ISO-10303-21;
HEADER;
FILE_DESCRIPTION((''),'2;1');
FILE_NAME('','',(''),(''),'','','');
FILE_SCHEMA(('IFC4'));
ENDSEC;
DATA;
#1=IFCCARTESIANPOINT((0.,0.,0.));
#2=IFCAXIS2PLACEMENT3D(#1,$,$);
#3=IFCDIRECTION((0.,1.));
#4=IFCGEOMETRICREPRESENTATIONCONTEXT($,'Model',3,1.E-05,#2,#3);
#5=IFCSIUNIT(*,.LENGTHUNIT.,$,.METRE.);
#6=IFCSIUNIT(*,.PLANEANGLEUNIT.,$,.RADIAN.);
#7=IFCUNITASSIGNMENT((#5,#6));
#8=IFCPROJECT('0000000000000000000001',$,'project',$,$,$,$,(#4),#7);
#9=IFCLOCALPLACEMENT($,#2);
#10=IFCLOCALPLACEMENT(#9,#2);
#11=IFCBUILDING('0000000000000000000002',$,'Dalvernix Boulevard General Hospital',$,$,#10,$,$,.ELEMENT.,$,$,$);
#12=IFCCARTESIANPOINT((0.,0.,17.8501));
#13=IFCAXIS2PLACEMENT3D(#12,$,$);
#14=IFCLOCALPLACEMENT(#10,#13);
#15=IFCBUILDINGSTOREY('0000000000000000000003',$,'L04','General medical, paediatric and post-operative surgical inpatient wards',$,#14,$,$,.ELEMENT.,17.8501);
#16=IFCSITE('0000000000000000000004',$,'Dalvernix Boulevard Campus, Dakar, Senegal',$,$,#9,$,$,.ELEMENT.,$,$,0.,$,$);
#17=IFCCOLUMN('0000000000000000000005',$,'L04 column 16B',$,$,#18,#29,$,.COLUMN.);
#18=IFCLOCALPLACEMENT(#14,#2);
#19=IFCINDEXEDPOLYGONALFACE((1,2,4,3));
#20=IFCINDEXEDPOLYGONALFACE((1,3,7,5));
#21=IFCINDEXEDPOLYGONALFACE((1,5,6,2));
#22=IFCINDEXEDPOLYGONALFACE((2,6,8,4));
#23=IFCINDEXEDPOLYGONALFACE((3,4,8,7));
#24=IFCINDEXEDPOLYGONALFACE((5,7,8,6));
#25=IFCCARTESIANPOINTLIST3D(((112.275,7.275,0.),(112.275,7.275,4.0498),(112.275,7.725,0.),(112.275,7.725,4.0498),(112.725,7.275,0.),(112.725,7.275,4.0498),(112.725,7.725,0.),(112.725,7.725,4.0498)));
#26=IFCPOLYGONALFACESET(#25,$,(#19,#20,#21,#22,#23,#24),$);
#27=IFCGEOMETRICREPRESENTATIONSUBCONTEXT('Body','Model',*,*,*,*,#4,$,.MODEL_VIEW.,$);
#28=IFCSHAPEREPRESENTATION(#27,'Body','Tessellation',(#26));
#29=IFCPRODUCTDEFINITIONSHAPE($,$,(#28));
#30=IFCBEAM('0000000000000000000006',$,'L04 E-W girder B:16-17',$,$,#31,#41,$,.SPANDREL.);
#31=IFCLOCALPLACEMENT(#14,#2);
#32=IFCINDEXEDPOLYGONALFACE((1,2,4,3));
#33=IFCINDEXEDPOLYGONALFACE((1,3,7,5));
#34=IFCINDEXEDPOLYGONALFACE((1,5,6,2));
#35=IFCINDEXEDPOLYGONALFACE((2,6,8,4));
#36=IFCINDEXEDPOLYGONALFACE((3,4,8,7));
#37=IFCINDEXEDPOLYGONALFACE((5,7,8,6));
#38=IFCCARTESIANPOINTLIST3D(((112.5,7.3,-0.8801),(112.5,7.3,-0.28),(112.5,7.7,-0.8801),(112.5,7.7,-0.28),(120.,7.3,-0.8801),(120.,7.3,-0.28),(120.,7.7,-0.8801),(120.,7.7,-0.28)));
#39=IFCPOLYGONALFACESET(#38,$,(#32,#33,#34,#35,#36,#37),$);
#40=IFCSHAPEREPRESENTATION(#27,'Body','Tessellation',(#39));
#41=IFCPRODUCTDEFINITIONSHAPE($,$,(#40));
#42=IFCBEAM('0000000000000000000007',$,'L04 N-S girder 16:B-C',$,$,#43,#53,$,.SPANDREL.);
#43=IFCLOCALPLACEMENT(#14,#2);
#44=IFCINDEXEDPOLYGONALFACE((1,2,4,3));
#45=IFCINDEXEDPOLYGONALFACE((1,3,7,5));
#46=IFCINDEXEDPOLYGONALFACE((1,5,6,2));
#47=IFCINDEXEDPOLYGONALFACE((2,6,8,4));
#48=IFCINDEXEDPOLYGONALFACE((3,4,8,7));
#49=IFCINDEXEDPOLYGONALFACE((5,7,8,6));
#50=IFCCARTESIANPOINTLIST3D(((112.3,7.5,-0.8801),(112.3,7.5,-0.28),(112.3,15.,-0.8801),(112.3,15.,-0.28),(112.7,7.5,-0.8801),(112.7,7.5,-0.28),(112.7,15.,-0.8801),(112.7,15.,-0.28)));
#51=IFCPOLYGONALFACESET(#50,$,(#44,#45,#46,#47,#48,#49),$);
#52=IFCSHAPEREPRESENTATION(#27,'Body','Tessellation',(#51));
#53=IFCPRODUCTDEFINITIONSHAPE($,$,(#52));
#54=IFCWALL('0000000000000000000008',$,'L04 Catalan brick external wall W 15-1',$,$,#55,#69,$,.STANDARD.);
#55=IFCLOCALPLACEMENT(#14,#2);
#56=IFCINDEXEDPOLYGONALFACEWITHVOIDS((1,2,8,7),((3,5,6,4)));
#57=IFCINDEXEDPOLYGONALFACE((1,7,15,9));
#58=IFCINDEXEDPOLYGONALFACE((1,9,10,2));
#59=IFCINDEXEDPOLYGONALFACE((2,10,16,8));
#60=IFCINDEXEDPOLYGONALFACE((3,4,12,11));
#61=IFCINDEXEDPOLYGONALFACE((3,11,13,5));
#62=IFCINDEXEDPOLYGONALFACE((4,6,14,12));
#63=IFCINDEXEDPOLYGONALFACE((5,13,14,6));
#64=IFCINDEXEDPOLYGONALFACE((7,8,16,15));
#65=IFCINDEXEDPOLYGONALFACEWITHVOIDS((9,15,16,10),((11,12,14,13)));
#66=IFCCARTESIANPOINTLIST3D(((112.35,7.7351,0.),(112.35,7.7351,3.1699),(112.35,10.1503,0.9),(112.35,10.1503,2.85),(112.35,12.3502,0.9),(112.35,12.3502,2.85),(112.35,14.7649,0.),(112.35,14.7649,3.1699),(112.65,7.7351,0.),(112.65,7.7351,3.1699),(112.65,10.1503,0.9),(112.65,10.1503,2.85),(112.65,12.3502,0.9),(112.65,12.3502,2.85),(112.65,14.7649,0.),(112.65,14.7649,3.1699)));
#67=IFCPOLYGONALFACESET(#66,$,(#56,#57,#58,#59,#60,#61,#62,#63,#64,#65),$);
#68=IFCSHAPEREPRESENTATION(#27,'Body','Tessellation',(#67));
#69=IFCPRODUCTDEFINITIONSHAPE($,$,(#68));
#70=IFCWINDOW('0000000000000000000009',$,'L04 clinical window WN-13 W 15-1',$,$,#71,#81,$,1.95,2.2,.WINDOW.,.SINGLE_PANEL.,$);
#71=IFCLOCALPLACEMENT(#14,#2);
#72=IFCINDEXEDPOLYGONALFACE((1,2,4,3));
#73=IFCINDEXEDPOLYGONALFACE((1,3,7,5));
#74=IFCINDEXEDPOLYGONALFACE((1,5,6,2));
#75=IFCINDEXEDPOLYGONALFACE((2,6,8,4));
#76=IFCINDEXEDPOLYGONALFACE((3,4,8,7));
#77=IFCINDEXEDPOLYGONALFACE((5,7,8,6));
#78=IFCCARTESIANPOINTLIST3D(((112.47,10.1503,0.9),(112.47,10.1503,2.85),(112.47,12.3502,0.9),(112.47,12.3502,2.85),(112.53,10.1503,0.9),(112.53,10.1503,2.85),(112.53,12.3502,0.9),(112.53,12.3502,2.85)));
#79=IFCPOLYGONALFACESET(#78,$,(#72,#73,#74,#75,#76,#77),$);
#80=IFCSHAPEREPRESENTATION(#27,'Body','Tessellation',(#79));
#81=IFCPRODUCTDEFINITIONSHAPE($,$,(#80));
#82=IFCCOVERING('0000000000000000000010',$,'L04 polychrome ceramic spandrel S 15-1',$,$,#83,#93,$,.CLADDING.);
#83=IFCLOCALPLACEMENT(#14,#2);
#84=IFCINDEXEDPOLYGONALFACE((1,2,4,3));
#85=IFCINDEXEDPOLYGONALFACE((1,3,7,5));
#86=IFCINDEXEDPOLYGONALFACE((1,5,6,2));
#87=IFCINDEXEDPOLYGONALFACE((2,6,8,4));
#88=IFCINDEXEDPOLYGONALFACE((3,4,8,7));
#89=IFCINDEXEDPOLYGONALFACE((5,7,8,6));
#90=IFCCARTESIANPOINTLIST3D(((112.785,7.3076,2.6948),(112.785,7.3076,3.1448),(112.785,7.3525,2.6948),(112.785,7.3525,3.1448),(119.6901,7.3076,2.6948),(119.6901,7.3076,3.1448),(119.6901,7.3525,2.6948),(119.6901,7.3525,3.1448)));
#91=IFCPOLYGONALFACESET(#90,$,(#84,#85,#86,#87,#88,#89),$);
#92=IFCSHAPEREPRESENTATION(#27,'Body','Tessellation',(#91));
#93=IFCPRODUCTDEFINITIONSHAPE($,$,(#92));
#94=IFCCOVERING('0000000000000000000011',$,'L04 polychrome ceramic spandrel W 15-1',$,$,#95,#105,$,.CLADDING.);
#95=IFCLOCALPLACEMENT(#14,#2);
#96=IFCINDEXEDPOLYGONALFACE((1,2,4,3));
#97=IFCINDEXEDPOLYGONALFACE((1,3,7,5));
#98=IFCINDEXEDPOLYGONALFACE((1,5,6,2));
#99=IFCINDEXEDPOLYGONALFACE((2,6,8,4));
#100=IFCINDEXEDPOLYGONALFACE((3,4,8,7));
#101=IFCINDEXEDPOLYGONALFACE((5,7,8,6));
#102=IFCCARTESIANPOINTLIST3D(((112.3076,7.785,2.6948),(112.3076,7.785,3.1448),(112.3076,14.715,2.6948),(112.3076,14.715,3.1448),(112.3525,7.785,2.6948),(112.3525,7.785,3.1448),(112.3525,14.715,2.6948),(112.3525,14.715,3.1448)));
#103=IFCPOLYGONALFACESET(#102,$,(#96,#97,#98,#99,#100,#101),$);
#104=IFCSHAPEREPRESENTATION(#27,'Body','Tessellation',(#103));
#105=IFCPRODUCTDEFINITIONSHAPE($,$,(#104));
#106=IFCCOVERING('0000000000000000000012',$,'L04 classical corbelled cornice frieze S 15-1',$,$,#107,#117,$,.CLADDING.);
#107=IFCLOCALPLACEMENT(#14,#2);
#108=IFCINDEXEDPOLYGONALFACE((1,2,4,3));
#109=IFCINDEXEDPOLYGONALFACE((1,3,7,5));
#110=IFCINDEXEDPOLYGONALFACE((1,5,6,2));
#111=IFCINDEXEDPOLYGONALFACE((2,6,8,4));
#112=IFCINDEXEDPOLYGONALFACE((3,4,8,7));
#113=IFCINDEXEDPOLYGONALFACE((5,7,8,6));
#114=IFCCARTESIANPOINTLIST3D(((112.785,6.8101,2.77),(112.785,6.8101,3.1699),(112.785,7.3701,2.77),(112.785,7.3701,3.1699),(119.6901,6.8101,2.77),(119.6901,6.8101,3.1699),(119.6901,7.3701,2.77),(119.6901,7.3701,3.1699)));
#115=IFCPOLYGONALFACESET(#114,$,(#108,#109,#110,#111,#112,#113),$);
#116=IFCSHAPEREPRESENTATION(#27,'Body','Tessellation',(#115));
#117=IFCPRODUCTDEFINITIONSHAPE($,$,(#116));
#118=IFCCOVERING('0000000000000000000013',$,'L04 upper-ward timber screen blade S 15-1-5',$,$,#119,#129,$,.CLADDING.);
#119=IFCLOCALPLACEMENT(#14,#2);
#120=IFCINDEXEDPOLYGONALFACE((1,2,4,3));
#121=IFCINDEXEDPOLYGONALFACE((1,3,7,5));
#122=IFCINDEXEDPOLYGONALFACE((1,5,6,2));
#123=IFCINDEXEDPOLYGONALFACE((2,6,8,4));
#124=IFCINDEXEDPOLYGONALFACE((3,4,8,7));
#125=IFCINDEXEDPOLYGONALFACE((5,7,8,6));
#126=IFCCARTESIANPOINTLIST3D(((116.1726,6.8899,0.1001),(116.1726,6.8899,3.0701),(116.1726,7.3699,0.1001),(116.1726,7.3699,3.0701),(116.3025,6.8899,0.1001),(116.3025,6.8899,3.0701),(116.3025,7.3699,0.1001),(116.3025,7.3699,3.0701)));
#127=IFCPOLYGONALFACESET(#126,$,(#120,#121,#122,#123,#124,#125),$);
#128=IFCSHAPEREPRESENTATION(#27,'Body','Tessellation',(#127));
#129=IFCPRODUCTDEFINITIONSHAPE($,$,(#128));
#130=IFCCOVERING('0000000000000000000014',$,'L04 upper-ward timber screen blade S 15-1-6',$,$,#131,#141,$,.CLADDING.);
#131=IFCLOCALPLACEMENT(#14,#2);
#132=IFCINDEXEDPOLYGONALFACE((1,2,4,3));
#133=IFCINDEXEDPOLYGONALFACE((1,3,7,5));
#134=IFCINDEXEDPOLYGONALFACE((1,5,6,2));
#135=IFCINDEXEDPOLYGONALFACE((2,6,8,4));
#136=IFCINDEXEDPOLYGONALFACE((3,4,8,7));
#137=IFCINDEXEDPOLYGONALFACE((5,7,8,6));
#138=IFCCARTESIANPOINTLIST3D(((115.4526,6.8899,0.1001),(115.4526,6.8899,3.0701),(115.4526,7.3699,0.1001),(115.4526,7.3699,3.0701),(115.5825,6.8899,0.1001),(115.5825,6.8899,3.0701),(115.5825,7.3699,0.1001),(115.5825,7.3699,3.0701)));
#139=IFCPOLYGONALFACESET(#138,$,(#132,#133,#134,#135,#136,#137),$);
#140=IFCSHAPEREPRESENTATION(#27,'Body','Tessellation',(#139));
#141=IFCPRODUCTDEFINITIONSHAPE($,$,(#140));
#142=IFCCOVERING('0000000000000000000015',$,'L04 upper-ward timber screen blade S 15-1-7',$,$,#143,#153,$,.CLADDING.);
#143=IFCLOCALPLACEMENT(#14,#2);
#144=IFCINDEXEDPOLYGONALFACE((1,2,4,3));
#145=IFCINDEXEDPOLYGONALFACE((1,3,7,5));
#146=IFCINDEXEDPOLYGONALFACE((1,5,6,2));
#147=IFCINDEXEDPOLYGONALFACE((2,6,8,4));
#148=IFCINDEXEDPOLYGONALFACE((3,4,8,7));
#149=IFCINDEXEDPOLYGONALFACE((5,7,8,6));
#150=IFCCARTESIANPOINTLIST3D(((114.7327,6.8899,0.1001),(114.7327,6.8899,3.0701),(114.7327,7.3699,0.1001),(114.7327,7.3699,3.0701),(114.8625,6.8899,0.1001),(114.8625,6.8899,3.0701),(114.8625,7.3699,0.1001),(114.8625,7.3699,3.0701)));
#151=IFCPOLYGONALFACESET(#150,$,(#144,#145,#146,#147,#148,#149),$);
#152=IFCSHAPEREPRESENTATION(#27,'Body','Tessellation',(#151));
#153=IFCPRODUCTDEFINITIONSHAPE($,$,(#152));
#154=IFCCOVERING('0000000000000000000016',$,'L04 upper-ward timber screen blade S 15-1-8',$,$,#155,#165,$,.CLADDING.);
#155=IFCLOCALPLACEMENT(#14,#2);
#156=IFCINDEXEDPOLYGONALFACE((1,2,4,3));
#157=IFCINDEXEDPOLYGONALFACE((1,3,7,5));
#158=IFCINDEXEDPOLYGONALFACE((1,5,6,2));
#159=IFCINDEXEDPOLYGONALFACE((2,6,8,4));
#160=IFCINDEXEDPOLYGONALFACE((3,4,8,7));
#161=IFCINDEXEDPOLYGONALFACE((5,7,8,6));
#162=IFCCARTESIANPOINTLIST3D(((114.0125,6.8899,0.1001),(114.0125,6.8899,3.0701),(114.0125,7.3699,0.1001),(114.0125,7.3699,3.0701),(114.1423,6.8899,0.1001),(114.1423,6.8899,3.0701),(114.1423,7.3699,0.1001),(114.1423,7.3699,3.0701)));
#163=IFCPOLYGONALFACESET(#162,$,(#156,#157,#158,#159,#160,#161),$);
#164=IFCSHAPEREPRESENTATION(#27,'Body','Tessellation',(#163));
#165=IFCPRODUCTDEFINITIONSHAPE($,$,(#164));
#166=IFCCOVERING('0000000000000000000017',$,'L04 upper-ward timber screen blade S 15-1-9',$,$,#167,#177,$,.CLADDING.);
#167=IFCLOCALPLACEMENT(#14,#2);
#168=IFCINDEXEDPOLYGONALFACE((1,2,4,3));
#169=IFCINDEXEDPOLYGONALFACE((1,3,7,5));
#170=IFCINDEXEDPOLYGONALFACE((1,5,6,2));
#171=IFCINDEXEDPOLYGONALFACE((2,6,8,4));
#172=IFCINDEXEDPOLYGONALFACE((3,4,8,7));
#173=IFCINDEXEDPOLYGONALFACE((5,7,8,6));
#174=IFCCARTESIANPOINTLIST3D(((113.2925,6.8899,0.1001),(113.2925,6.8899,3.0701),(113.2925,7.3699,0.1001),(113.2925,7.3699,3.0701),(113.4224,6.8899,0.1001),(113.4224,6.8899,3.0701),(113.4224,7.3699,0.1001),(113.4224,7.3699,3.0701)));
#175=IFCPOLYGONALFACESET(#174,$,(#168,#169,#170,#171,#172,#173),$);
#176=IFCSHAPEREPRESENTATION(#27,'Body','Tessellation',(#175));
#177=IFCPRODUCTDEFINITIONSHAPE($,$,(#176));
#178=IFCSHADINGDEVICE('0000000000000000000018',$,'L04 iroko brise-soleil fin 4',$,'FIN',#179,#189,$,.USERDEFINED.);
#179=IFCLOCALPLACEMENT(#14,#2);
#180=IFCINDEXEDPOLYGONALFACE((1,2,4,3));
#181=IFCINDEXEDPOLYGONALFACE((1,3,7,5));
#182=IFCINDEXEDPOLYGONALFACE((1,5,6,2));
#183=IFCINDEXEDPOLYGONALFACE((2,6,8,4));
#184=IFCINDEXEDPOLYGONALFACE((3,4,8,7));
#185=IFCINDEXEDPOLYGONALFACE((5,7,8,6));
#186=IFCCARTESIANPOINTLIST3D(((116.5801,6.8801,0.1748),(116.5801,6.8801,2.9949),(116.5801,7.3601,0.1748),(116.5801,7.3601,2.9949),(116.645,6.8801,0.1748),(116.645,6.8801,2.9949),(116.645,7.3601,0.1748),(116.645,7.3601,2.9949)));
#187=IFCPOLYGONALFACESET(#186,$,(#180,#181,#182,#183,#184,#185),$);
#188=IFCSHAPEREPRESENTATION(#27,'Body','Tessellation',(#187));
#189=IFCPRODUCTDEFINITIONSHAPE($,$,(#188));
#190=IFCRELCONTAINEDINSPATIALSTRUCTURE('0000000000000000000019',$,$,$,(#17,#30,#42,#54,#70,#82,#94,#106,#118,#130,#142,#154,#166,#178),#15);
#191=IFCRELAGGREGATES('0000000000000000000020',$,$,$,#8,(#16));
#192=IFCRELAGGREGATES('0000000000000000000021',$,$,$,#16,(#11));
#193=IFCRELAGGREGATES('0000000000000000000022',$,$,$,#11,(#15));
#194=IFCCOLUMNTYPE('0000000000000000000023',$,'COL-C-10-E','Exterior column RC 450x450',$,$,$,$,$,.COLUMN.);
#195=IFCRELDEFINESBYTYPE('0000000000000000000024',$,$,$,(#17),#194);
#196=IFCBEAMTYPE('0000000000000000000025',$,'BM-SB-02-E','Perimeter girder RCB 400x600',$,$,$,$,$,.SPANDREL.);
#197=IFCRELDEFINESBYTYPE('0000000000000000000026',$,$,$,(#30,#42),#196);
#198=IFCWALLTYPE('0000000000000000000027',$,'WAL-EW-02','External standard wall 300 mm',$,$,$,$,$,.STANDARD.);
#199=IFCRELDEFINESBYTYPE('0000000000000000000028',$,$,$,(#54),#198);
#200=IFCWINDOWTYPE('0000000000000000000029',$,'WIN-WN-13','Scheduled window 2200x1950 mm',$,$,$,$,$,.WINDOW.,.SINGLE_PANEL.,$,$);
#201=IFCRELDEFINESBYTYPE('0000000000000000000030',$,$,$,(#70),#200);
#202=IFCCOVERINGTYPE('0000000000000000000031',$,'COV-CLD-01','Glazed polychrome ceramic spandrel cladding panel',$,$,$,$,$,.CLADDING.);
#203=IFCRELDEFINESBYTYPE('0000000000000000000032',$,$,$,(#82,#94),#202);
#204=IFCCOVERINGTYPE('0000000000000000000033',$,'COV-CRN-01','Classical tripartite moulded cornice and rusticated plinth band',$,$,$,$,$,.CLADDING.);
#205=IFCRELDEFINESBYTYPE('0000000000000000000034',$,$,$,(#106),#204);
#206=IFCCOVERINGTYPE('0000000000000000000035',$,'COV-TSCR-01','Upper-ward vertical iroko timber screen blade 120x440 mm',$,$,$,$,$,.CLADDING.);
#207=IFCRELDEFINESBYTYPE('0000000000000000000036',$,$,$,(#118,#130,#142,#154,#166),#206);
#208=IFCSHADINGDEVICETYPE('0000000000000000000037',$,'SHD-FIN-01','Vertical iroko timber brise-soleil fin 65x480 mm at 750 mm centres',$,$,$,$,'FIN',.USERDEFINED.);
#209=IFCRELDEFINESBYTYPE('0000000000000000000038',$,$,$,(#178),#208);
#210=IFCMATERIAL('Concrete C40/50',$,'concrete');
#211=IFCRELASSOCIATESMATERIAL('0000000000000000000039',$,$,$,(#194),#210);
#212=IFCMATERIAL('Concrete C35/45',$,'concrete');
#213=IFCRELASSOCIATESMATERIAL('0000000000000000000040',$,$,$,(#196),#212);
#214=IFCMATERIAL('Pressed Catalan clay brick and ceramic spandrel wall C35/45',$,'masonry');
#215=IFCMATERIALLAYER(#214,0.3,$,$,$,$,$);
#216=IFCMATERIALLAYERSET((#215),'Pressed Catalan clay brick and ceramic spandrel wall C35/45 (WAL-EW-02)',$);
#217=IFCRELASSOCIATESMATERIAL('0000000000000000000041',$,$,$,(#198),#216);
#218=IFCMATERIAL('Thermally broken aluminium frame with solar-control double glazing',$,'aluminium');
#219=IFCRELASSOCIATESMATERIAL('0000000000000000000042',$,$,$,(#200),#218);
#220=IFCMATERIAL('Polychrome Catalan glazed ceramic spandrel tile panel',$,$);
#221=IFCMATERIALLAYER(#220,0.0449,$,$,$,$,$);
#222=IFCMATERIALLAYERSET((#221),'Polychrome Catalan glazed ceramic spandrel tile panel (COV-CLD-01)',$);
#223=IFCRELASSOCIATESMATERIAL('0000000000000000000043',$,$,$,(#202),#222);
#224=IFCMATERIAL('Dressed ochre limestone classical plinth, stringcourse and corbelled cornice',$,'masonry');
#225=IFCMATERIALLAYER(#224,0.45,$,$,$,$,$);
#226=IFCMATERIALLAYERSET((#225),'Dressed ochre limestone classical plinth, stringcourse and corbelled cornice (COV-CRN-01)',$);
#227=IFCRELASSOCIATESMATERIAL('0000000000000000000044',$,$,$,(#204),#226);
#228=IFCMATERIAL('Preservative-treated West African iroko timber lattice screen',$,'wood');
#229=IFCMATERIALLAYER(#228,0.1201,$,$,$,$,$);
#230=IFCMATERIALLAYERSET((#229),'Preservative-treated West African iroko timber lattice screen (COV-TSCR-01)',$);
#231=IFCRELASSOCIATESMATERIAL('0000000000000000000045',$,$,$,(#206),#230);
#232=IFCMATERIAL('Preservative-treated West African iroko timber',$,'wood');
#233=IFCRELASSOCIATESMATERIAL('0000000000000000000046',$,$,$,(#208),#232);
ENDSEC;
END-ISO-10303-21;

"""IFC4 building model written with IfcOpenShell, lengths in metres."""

from ifc_helpers import new_model, si_unit, direction, frame, frame_2d, origin, origin_2d, place, context, subcontext, project, spatial, rectangle, extrude, material, layer, layer_set, material_profile, profile_set, type_object, element, fill, save


model = new_model("IFC4")

# Units and contexts
model_context = context("Model", 3, precision=1e-05, world=origin(), true_north=direction((0.0, 1.0)))
body_context = subcontext(model_context, "Body", "Model", "MODEL_VIEW")
ifc_project = project(units=[si_unit("LENGTHUNIT", "METRE"), si_unit("PLANEANGLEUNIT", "RADIAN")], contexts=[model_context])

# Site, building, storey
site_placement = place(None, origin())
site = spatial("IfcSite", under=ifc_project, at=site_placement, Name="Dalvernix Boulevard Campus, Dakar, Senegal", CompositionType="ELEMENT", RefElevation=0.0)
building_placement = place(site_placement, origin())
building = spatial("IfcBuilding", under=site, at=building_placement, Name="Dalvernix Boulevard General Hospital", CompositionType="ELEMENT")
storey_placement = place(building_placement, frame((0.0, 0.0, 17.8501)))
storey = spatial("IfcBuildingStorey", under=building, at=storey_placement, Name="L04", Description="General medical, paediatric and post-operative surgical inpatient wards", CompositionType="ELEMENT", Elevation=17.8501)

# Column
ifc_material_1 = material(Name="Concrete C40/50", Category="concrete")
ifc_material_profile_1 = material_profile(ifc_material_1, rectangle(XDim=0.45, YDim=0.45, at=origin_2d()), Name="RC 450x450")
ifc_profile_set_1 = profile_set([ifc_material_profile_1], Name="Concrete C40/50")
column_type = type_object("IfcColumnType", Name="COL-C-10-E", Description="Exterior column RC 450x450", PredefinedType="COLUMN", material=ifc_profile_set_1)
column_placement = place(storey_placement, frame((112.5, 7.5, 0.0), z_axis=(0.0, 0.0, 1.0), x_axis=(1.0, 0.0, 0.0)))
element("IfcColumn", 1, at=column_placement, inside=storey, type_object=column_type, Name="L04 column 16B", PredefinedType="COLUMN", context=body_context, shape_type="SweptSolid", body=[
    extrude(rectangle(XDim=0.45, YDim=0.45, at=origin_2d()), origin(), (0.0, 0.0, 1.0), 4.0498),
])

# Beams
ifc_material_2 = material(Name="Concrete C35/45", Category="concrete")
ifc_material_profile_2 = material_profile(ifc_material_2, rectangle(XDim=0.3999, YDim=0.6001, at=origin_2d()), Name="RCB 400x600")
ifc_profile_set_2 = profile_set([ifc_material_profile_2], Name="Concrete C35/45")
beam_type = type_object("IfcBeamType", Name="BM-SB-02-E", Description="Perimeter girder RCB 400x600", PredefinedType="SPANDREL", material=ifc_profile_set_2)
for number, where, z_axis, x_axis, name in (
    (2, (112.5, 7.5, -0.5801), (1.0, 0.0, 0.0), (0.0, 1.0, 0.0), "L04 E-W girder B:16-17"),
    (3, (112.5, 7.5, -0.5801), (0.0, 1.0, 0.0), (-1.0, 0.0, 0.0), "L04 N-S girder 16:B-C"),
):
    element("IfcBeam", number, at=place(storey_placement, frame(where, z_axis=z_axis, x_axis=x_axis)), inside=storey, type_object=beam_type, Name=name, PredefinedType="SPANDREL", context=body_context, shape_type="SweptSolid", body=[
        extrude(rectangle(XDim=0.3999, YDim=0.6001, at=origin_2d()), origin(), (0.0, 0.0, 1.0), 7.5),
    ])

# Wall, opening, window
ifc_material_3 = material(Name="Pressed Catalan clay brick and ceramic spandrel wall C35/45", Category="masonry")
ifc_layer_1 = layer(ifc_material_3, 0.3)
ifc_layer_set_1 = layer_set([ifc_layer_1], Name="Pressed Catalan clay brick and ceramic spandrel wall C35/45 (WAL-EW-02)")
wall_type = type_object("IfcWallType", Name="WAL-EW-02", Description="External standard wall 300 mm", PredefinedType="STANDARD", material=ifc_layer_set_1)
wall_placement = place(storey_placement, frame((112.5, 7.7351, 0.0), z_axis=(0.0, 0.0, 1.0), x_axis=(0.0, 1.0, 0.0)))
wall = element("IfcWall", 4, at=wall_placement, inside=storey, type_object=wall_type, Name="L04 Catalan brick external wall W 15-1", PredefinedType="STANDARD", context=body_context, shape_type="SweptSolid", body=[
    extrude(rectangle(XDim=7.0298, YDim=0.3, at=frame_2d((3.5149, 0.0))), origin(), (0.0, 0.0, 1.0), 3.1699),
])
opening_placement = place(wall_placement, frame((2.415, 0.0, 0.8999)))
opening = element("IfcOpeningElement", 5, at=opening_placement, cuts=wall, PredefinedType="OPENING", context=body_context, shape_type="SweptSolid", body=[
    extrude(rectangle(XDim=2.2, YDim=1.95, at=frame_2d((1.1001, 0.9751))), frame((0.0, 0.1599, 0.0), z_axis=(0.0, -1.0, 0.0), x_axis=(1.0, 0.0, 0.0)), (0.0, 0.0, 1.0), 0.3201),
])
ifc_material_4 = material(Name="Thermally broken aluminium frame with solar-control double glazing", Category="aluminium")
window_type = type_object("IfcWindowType", Name="WIN-WN-13", Description="Scheduled window 2200x1950 mm", PartitioningType="SINGLE_PANEL", PredefinedType="WINDOW", material=ifc_material_4)
window_placement = place(opening_placement, origin())
window = element("IfcWindow", 6, at=window_placement, inside=storey, type_object=window_type, Name="L04 clinical window WN-13 W 15-1", OverallHeight=1.95, OverallWidth=2.2, PartitioningType="SINGLE_PANEL", PredefinedType="WINDOW", context=body_context, shape_type="SweptSolid", body=[
    extrude(rectangle(XDim=2.2, YDim=1.95, at=frame_2d((1.1001, 0.9751))), frame((0.0, 0.03, 0.0), z_axis=(0.0, -1.0, 0.0), x_axis=(1.0, 0.0, 0.0)), (0.0, 0.0, 1.0), 0.0601),
])
fill(opening, window)

# Coverings
ifc_material_5 = material(Name="Polychrome Catalan glazed ceramic spandrel tile panel")
ifc_layer_2 = layer(ifc_material_5, 0.0449)
ifc_layer_set_2 = layer_set([ifc_layer_2], Name="Polychrome Catalan glazed ceramic spandrel tile panel (COV-CLD-01)")
covering_type_1 = type_object("IfcCoveringType", Name="COV-CLD-01", Description="Glazed polychrome ceramic spandrel cladding panel", PredefinedType="CLADDING", material=ifc_layer_set_2)
covering_1_placement = place(storey_placement, frame((116.2375, 7.3301, 2.6948), z_axis=(0.0, 0.0, 1.0), x_axis=(-1.0, 0.0, 0.0)))
element("IfcCovering", 7, at=covering_1_placement, inside=storey, type_object=covering_type_1, Name="L04 polychrome ceramic spandrel S 15-1", PredefinedType="CLADDING", context=body_context, shape_type="SweptSolid", body=[
    extrude(rectangle(XDim=6.905, YDim=0.0449, at=origin_2d()), origin(), (0.0, 0.0, 1.0), 0.45),
])
covering_2_placement = place(storey_placement, frame((112.3301, 11.25, 2.6948), z_axis=(0.0, 0.0, 1.0), x_axis=(0.0, 1.0, 0.0)))
element("IfcCovering", 8, at=covering_2_placement, inside=storey, type_object=covering_type_1, Name="L04 polychrome ceramic spandrel W 15-1", PredefinedType="CLADDING", context=body_context, shape_type="SweptSolid", body=[
    extrude(rectangle(XDim=6.9299, YDim=0.0449, at=origin_2d()), origin(), (0.0, 0.0, 1.0), 0.45),
])
ifc_material_6 = material(Name="Dressed ochre limestone classical plinth, stringcourse and corbelled cornice", Category="masonry")
ifc_layer_3 = layer(ifc_material_6, 0.45)
ifc_layer_set_3 = layer_set([ifc_layer_3], Name="Dressed ochre limestone classical plinth, stringcourse and corbelled cornice (COV-CRN-01)")
covering_type_2 = type_object("IfcCoveringType", Name="COV-CRN-01", Description="Classical tripartite moulded cornice and rusticated plinth band", PredefinedType="CLADDING", material=ifc_layer_set_3)
covering_3_placement = place(storey_placement, frame((116.2375, 7.0901, 2.77), z_axis=(0.0, 0.0, 1.0), x_axis=(-1.0, 0.0, 0.0)))
element("IfcCovering", 9, at=covering_3_placement, inside=storey, type_object=covering_type_2, Name="L04 classical corbelled cornice frieze S 15-1", PredefinedType="CLADDING", context=body_context, shape_type="SweptSolid", body=[
    extrude(rectangle(XDim=6.905, YDim=0.5601, at=origin_2d()), origin(), (0.0, 0.0, 1.0), 0.3999),
])
ifc_material_7 = material(Name="Preservative-treated West African iroko timber lattice screen", Category="wood")
ifc_layer_4 = layer(ifc_material_7, 0.1201)
ifc_layer_set_4 = layer_set([ifc_layer_4], Name="Preservative-treated West African iroko timber lattice screen (COV-TSCR-01)")
covering_type_3 = type_object("IfcCoveringType", Name="COV-TSCR-01", Description="Upper-ward vertical iroko timber screen blade 120x440 mm", PredefinedType="CLADDING", material=ifc_layer_set_4)
for number, where, z_axis, x_axis, name in (
    (10, (116.2375, 7.1299, 0.1001), (0.0, 0.0, 1.0), (-1.0, 0.0, 0.0), "L04 upper-ward timber screen blade S 15-1-5"),
    (11, (115.5176, 7.1299, 0.1001), (0.0, 0.0, 1.0), (-1.0, 0.0, 0.0), "L04 upper-ward timber screen blade S 15-1-6"),
    (12, (114.7976, 7.1299, 0.1001), (0.0, 0.0, 1.0), (-1.0, 0.0, 0.0), "L04 upper-ward timber screen blade S 15-1-7"),
    (13, (114.0774, 7.1299, 0.1001), (0.0, 0.0, 1.0), (-1.0, 0.0, 0.0), "L04 upper-ward timber screen blade S 15-1-8"),
    (14, (113.3574, 7.1299, 0.1001), (0.0, 0.0, 1.0), (-1.0, 0.0, 0.0), "L04 upper-ward timber screen blade S 15-1-9"),
):
    element("IfcCovering", number, at=place(storey_placement, frame(where, z_axis=z_axis, x_axis=x_axis)), inside=storey, type_object=covering_type_3, Name=name, PredefinedType="CLADDING", context=body_context, shape_type="SweptSolid", body=[
        extrude(rectangle(XDim=0.1299, YDim=0.48, at=origin_2d()), origin(), (0.0, 0.0, 1.0), 2.97),
    ])

# Shading device
ifc_material_8 = material(Name="Preservative-treated West African iroko timber", Category="wood")
shading_device_type = type_object("IfcShadingDeviceType", Name="SHD-FIN-01", Description="Vertical iroko timber brise-soleil fin 65x480 mm at 750 mm centres", ElementType="FIN", PredefinedType="USERDEFINED", material=ifc_material_8)
for number, where, z_axis, x_axis, name in (
    (15, (116.6125, 7.1201, 0.1748), (0.0, 0.0, 1.0), (-1.0, 0.0, 0.0), "L04 iroko brise-soleil fin 4"),
):
    element("IfcShadingDevice", number, at=place(storey_placement, frame(where, z_axis=z_axis, x_axis=x_axis)), inside=storey, type_object=shading_device_type, Name=name, ObjectType="FIN", PredefinedType="USERDEFINED", context=body_context, shape_type="SweptSolid", body=[
        extrude(rectangle(XDim=0.0649, YDim=0.48, at=origin_2d()), origin(), (0.0, 0.0, 1.0), 2.8201),
    ])

save(model, "model.ifc")
